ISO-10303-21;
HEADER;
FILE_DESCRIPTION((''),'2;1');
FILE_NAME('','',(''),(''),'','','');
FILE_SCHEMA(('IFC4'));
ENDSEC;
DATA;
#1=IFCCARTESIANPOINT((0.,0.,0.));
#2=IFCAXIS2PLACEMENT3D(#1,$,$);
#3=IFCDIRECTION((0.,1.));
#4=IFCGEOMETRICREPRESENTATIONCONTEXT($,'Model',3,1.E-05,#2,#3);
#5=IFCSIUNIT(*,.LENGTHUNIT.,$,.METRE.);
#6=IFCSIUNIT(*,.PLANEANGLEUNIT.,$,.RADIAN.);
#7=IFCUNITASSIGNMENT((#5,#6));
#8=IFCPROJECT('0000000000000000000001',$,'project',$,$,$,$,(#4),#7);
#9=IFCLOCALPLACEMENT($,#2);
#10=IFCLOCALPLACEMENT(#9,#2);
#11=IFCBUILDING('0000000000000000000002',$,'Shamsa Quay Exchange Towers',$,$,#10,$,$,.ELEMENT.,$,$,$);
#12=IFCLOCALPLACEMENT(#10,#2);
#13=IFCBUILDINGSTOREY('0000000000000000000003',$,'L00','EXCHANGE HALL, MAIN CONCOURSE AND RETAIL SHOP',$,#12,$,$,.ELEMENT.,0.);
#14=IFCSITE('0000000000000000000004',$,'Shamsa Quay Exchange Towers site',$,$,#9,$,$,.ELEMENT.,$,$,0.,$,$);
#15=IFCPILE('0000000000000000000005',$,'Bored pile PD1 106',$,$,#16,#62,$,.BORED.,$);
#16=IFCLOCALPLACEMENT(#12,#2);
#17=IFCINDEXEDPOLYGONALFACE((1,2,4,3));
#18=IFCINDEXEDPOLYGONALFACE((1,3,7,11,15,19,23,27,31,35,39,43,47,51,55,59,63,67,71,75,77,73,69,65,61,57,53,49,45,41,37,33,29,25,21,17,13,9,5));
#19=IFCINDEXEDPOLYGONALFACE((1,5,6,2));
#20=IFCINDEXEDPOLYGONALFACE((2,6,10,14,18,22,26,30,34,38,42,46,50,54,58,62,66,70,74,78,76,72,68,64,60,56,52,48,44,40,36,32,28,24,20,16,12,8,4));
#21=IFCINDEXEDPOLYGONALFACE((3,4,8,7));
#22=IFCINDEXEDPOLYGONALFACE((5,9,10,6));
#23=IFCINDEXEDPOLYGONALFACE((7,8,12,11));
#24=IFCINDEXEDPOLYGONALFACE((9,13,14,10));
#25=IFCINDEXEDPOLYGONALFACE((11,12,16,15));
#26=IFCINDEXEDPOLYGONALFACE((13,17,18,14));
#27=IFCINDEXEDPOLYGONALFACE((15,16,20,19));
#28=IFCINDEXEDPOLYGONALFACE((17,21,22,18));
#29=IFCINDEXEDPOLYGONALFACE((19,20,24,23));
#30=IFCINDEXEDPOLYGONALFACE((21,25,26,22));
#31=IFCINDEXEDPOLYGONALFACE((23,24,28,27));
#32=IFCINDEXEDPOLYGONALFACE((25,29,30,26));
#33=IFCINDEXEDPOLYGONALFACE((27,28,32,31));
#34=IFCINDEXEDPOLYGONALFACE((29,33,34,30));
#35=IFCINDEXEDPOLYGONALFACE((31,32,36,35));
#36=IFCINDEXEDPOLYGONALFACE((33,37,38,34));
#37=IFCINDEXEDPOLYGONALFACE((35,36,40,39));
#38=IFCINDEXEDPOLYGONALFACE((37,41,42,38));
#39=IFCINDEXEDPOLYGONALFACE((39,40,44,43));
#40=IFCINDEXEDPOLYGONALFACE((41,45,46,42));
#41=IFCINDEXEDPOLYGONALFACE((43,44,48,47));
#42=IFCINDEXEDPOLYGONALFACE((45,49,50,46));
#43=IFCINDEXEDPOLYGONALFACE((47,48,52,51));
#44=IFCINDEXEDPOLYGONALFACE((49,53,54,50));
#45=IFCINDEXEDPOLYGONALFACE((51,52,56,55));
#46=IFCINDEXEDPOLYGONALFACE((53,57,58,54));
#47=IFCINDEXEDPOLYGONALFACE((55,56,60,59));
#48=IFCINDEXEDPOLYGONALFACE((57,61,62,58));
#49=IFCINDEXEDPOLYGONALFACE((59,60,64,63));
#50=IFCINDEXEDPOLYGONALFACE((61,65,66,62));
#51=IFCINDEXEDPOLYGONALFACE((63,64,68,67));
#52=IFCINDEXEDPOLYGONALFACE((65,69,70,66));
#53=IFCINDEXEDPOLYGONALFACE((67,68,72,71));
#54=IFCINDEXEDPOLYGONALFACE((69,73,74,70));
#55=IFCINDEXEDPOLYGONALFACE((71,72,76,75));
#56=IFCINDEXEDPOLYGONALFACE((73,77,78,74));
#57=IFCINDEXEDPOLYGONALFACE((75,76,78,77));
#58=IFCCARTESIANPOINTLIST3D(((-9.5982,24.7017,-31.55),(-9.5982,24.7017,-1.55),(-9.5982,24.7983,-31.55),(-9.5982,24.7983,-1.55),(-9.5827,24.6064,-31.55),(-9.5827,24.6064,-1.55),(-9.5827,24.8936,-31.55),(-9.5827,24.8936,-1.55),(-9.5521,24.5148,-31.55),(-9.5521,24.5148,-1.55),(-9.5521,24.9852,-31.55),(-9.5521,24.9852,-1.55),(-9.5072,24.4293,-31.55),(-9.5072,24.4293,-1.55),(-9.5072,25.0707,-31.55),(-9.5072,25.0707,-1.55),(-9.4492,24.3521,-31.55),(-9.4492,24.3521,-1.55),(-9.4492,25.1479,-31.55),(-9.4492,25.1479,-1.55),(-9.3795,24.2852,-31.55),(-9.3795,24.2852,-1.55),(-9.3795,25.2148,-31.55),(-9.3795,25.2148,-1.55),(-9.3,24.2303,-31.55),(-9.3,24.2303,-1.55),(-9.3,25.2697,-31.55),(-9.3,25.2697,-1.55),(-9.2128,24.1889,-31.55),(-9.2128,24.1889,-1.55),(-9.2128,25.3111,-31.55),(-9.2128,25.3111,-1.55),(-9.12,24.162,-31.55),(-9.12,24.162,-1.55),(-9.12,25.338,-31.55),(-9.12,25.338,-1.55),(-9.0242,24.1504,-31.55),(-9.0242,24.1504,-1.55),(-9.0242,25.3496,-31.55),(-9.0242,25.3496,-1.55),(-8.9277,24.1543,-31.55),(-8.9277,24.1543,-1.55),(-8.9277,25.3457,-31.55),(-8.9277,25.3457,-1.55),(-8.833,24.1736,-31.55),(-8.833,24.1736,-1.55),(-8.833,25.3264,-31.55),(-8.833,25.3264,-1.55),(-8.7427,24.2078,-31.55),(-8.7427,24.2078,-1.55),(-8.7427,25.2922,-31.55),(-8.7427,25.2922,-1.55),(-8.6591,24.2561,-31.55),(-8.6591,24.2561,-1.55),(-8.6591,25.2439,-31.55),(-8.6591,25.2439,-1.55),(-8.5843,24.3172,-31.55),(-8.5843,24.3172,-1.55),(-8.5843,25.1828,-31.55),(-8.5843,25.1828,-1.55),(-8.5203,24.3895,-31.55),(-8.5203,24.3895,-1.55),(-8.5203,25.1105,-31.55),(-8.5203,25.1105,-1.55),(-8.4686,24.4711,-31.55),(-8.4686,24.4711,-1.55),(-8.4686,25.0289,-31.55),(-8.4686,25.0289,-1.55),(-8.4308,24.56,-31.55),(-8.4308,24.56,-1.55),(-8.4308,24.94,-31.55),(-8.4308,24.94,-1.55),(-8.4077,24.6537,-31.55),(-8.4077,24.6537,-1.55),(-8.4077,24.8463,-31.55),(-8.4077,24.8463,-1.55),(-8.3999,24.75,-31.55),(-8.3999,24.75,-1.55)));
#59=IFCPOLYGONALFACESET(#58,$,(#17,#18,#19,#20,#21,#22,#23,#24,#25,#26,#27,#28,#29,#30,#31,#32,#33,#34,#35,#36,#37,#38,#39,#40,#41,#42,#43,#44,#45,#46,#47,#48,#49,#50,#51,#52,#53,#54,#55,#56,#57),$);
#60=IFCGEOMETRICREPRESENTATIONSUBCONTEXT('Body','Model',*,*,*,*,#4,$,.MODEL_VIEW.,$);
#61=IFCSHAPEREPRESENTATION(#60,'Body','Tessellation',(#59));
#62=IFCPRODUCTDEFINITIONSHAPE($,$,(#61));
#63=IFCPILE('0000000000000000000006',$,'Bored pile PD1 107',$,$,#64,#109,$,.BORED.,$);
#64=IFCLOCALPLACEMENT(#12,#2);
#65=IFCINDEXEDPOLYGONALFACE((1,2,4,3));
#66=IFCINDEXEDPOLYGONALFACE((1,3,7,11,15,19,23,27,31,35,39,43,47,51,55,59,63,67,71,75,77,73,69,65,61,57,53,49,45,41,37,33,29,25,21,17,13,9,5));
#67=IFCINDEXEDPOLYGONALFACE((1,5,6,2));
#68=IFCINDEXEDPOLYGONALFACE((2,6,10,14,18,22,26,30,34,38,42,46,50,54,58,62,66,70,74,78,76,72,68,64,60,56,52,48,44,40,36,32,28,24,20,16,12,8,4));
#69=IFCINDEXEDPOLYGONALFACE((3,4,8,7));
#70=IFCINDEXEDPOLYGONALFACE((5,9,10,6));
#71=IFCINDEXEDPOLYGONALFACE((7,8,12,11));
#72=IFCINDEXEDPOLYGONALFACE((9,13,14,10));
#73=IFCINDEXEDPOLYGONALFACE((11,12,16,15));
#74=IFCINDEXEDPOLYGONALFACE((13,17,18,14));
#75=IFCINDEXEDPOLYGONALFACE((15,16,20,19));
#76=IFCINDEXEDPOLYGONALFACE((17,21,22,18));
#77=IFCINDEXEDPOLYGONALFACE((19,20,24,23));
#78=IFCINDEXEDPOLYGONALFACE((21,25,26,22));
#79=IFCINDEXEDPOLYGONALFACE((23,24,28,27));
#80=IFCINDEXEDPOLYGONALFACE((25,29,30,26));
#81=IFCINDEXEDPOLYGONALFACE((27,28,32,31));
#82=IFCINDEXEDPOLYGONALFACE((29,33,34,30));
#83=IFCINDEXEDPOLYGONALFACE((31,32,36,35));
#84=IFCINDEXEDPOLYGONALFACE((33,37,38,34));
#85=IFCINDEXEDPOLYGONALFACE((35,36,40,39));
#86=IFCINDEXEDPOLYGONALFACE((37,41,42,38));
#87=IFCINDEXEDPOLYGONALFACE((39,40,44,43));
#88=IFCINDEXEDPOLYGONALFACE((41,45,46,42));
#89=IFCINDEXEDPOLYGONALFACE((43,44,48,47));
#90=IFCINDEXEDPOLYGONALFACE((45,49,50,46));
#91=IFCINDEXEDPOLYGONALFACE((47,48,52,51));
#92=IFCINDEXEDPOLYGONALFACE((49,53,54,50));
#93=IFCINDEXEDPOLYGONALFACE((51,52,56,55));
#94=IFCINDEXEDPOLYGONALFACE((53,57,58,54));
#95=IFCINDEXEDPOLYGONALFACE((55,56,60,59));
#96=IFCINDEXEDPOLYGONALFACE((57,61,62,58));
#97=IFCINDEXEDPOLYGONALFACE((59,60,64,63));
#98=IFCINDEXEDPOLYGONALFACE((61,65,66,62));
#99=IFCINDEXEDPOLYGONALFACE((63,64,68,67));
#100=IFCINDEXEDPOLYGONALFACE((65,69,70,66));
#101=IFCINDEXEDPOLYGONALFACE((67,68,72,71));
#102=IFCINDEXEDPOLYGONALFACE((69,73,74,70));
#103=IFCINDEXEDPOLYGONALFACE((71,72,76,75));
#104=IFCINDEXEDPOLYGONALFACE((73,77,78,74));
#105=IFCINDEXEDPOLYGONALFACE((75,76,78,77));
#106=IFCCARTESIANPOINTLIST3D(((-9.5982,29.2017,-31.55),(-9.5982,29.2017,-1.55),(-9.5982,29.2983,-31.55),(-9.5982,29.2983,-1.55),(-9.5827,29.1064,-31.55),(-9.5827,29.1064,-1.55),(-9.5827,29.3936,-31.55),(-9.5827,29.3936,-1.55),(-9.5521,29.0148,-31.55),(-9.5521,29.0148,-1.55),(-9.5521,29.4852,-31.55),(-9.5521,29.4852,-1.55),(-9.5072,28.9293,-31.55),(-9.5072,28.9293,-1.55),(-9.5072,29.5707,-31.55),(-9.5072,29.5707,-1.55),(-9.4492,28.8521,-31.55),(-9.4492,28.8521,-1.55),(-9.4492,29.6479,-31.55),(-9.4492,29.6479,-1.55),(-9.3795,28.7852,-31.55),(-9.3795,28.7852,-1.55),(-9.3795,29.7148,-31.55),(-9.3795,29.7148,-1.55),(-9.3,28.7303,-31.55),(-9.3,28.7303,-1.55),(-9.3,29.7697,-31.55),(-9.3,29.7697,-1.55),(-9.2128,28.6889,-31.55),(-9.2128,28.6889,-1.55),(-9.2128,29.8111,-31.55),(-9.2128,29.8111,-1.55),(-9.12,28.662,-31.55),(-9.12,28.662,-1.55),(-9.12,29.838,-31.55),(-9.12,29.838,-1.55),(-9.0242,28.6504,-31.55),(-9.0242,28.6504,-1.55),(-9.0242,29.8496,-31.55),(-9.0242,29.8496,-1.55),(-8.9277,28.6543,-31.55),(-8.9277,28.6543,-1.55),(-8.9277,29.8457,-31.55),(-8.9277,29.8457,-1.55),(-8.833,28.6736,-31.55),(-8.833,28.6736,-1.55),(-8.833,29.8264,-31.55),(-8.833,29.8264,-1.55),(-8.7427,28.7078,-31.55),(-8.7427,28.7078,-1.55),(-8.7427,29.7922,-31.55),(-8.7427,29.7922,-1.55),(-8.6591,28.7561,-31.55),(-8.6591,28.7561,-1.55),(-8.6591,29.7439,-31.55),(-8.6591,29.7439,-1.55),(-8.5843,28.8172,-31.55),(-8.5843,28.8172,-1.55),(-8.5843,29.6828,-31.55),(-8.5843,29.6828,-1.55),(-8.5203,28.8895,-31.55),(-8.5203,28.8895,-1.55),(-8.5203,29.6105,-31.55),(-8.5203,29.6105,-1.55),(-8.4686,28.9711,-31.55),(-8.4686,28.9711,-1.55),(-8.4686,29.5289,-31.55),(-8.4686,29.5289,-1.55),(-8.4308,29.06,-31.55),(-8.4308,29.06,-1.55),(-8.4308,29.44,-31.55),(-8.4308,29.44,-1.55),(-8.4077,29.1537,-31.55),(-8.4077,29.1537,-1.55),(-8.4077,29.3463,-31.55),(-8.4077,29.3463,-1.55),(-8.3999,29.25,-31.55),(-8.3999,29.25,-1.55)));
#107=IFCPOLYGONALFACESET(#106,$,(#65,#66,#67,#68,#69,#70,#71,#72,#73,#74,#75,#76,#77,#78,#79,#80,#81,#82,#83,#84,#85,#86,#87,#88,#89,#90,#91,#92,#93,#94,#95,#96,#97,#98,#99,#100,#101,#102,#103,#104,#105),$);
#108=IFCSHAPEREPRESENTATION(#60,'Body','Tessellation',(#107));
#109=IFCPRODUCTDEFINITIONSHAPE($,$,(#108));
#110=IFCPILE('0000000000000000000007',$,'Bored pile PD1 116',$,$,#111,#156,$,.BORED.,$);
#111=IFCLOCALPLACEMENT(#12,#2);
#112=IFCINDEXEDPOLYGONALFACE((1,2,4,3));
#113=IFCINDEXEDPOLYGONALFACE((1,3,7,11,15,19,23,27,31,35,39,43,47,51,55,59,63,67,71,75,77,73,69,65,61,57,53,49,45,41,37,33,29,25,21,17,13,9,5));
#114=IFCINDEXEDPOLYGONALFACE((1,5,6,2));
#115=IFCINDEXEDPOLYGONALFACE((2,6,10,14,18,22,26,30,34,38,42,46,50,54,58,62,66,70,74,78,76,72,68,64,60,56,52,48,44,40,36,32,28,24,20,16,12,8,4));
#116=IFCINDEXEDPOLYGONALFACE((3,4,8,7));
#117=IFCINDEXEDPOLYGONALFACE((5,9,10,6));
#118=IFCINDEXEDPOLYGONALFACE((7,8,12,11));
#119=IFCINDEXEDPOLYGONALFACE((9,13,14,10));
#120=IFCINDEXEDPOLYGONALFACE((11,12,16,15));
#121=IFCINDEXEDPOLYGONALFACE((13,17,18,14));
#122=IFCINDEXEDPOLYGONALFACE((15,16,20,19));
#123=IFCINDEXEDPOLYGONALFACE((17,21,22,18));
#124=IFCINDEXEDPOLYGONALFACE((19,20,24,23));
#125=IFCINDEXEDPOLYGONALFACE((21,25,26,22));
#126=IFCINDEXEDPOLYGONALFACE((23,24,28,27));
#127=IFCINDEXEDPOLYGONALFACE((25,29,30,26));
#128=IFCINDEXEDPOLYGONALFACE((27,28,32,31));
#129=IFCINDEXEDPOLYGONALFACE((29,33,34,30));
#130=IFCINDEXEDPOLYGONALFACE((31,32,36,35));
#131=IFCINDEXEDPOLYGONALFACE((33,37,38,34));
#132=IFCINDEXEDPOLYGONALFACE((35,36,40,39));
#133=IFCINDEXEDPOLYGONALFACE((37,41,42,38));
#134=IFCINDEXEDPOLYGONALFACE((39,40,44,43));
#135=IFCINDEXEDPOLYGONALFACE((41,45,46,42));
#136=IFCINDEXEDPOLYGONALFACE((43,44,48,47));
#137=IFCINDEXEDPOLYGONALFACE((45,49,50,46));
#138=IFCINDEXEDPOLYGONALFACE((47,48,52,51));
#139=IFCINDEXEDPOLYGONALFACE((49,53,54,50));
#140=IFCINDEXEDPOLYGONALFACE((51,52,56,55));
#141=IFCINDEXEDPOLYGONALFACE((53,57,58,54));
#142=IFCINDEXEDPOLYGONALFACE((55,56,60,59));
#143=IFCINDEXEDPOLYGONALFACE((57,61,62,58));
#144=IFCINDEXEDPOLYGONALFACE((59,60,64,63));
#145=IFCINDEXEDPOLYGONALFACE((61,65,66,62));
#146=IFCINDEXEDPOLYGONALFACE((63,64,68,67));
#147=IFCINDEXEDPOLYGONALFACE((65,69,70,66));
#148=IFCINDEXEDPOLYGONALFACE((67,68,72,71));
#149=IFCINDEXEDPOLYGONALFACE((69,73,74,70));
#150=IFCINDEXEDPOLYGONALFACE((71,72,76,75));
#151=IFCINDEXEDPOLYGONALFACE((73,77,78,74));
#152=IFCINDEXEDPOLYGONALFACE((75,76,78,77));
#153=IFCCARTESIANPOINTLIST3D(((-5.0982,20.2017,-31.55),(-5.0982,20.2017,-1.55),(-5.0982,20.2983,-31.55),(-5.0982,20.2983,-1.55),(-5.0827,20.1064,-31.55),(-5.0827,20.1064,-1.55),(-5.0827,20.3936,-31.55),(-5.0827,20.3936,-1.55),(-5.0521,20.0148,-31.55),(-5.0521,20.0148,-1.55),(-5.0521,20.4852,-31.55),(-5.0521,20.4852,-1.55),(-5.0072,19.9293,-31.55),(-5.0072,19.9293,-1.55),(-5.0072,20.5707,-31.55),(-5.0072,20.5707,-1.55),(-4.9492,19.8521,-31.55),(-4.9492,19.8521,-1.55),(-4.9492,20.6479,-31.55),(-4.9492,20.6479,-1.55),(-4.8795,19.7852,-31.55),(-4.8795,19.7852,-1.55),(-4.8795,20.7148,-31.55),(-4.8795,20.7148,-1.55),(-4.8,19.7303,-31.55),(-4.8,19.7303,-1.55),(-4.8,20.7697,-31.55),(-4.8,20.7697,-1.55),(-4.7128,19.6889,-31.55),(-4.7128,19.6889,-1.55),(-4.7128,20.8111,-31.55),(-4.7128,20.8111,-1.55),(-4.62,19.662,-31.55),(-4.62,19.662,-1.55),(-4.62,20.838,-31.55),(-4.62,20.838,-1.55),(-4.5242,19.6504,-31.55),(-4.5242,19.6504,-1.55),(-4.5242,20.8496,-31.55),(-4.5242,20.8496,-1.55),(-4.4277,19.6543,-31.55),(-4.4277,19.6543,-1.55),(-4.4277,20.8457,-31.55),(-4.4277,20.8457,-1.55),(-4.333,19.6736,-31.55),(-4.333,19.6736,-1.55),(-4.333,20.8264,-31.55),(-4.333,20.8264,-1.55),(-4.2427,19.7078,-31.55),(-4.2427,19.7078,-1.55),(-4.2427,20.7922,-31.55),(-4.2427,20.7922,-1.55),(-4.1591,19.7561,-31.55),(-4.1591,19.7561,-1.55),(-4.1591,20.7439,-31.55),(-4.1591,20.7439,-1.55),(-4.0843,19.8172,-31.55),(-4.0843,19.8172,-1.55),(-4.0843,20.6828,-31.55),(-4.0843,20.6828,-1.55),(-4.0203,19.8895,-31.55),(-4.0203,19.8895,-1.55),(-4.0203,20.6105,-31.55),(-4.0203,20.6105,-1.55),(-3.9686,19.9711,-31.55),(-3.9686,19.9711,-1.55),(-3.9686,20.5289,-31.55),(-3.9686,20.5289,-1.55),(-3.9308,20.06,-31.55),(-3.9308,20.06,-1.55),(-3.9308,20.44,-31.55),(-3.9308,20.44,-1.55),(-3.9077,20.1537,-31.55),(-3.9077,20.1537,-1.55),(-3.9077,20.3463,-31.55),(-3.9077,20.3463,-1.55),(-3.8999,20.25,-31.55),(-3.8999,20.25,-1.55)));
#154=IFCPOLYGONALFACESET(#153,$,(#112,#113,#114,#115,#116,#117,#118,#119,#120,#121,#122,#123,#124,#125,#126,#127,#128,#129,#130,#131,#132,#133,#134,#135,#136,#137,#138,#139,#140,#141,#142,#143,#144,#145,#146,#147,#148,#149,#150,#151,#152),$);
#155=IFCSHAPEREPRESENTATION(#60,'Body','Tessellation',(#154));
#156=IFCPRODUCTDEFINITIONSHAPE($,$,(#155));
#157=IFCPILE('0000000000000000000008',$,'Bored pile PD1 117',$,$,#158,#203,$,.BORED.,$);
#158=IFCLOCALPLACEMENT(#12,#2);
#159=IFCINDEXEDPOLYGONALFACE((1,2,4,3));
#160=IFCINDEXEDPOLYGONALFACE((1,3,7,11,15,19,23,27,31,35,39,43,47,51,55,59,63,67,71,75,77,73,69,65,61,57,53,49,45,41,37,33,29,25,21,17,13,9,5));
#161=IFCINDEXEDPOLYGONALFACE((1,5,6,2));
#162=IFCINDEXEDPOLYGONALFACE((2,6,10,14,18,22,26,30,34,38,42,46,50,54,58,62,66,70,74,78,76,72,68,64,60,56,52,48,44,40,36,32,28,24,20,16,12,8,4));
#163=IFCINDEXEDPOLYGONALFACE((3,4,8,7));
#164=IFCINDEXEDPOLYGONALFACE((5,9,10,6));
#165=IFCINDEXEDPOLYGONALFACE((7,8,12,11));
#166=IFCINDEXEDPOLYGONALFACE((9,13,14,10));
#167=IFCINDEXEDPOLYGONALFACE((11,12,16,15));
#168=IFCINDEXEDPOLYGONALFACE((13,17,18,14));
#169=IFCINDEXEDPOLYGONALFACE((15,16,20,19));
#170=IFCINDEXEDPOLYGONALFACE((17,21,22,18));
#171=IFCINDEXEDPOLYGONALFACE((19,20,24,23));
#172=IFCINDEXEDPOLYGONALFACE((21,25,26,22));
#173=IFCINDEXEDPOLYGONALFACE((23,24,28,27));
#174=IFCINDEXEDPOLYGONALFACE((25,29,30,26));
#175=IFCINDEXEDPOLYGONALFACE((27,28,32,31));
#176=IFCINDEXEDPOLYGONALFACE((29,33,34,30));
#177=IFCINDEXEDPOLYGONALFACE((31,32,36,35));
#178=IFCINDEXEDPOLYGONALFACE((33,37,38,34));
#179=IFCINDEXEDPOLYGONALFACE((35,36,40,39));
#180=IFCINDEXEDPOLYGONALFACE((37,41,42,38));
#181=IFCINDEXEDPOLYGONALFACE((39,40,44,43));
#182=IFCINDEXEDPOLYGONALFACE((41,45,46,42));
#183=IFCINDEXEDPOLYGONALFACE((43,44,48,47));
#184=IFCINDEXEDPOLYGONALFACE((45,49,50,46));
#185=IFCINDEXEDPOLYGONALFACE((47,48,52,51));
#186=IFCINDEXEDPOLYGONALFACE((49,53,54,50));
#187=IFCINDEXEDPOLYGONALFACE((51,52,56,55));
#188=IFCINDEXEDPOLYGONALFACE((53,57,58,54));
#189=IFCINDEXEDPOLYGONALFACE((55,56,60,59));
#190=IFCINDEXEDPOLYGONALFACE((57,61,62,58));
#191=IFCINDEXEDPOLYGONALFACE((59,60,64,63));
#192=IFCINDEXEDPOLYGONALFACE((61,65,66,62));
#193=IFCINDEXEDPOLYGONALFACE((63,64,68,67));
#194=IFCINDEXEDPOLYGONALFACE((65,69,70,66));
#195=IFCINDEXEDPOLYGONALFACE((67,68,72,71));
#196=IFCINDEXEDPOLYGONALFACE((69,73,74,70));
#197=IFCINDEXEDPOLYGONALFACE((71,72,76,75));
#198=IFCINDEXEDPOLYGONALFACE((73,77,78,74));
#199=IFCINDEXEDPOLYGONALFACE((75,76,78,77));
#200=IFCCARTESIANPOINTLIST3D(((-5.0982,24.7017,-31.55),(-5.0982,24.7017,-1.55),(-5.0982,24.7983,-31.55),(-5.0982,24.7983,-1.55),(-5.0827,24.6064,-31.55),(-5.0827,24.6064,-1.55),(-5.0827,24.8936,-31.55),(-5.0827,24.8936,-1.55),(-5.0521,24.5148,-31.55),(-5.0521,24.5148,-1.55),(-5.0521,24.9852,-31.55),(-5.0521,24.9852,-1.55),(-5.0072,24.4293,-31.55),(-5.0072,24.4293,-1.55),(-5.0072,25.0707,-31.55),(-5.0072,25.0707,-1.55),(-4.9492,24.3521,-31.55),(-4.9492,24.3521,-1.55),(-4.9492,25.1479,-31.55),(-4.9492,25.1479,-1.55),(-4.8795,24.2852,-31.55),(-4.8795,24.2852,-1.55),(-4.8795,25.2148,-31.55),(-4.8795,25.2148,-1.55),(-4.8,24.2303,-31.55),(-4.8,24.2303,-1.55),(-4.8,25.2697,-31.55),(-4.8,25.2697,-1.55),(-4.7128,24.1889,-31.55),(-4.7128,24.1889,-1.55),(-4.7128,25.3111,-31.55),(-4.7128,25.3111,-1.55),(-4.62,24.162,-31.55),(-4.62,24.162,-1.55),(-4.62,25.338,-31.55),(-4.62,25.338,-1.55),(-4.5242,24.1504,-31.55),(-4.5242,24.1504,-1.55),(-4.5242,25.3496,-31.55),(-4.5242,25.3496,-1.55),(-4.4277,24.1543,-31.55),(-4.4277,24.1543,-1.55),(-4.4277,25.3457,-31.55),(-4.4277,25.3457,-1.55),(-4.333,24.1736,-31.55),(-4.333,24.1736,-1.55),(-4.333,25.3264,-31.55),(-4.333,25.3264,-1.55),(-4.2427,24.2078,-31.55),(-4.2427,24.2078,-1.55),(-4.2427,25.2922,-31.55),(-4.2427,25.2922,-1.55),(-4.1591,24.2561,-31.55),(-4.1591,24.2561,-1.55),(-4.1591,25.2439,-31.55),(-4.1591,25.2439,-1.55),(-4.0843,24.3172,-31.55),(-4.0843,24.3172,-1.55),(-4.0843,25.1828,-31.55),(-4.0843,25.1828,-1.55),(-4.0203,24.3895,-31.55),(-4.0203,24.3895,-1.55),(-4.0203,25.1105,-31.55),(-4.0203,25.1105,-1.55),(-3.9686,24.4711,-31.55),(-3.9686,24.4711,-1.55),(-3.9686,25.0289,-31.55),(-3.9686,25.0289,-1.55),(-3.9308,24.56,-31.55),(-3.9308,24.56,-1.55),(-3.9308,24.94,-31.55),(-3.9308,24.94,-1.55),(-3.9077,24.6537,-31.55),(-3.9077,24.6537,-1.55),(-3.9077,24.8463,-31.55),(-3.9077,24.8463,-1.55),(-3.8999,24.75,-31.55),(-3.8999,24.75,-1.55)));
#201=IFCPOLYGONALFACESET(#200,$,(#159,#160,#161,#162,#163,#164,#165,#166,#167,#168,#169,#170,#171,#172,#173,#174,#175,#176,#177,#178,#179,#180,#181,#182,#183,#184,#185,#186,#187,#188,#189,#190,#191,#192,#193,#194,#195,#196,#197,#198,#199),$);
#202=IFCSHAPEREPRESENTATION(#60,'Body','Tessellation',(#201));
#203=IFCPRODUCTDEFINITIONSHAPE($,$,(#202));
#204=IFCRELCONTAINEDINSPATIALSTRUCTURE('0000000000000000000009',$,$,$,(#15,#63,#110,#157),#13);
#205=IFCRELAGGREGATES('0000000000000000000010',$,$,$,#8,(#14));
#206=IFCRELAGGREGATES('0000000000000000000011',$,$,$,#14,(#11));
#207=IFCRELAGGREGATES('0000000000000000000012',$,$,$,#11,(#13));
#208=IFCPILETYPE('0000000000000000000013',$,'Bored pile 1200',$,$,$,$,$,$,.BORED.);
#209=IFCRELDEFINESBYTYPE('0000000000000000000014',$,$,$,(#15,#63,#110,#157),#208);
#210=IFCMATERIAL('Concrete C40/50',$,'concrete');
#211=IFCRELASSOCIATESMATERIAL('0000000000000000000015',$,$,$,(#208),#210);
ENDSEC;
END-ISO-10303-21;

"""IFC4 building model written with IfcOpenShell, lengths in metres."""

from ifc_helpers import new_model, si_unit, direction, frame, origin, origin_2d, place, context, subcontext, project, spatial, circle, extrude, material, material_profile, profile_set, type_object, element, save


model = new_model("IFC4")

# Units and contexts
model_context = context("Model", 3, precision=1e-05, world=origin(), true_north=direction((0.0, 1.0)))
body_context = subcontext(model_context, "Body", "Model", "MODEL_VIEW")
ifc_project = project(units=[si_unit("LENGTHUNIT", "METRE"), si_unit("PLANEANGLEUNIT", "RADIAN")], contexts=[model_context])

# Site, building, storey
site_placement = place(None, origin())
site = spatial("IfcSite", under=ifc_project, at=site_placement, Name="Shamsa Quay Exchange Towers site", CompositionType="ELEMENT", RefElevation=0.0)
building_placement = place(site_placement, origin())
building = spatial("IfcBuilding", under=site, at=building_placement, Name="Shamsa Quay Exchange Towers", CompositionType="ELEMENT")
storey_placement = place(building_placement, origin())
storey = spatial("IfcBuildingStorey", under=building, at=storey_placement, Name="L00", Description="EXCHANGE HALL, MAIN CONCOURSE AND RETAIL SHOP", CompositionType="ELEMENT", Elevation=0.0)

# Piles
ifc_material_1 = material(Name="Concrete C40/50", Category="concrete")
ifc_material_profile_1 = material_profile(ifc_material_1, circle(Radius=0.6001, at=origin_2d()), Name="BP1200")
ifc_profile_set_1 = profile_set([ifc_material_profile_1], Name="Concrete C40/50")
pile_type = type_object("IfcPileType", Name="Bored pile 1200", PredefinedType="BORED", material=ifc_profile_set_1)
for number, where, z_axis, x_axis, name in (
    (1, (-9.0, 24.75, -1.55), (0.0, 0.0, -1.0), (1.0, 0.0, 0.0), "Bored pile PD1 106"),
    (2, (-9.0, 29.25, -1.55), (0.0, 0.0, -1.0), (1.0, 0.0, 0.0), "Bored pile PD1 107"),
    (3, (-4.5, 20.25, -1.55), (0.0, 0.0, -1.0), (1.0, 0.0, 0.0), "Bored pile PD1 116"),
    (4, (-4.5, 24.75, -1.55), (0.0, 0.0, -1.0), (1.0, 0.0, 0.0), "Bored pile PD1 117"),
):
    element("IfcPile", number, at=place(storey_placement, frame(where, z_axis=z_axis, x_axis=x_axis)), inside=storey, type_object=pile_type, Name=name, PredefinedType="BORED", context=body_context, shape_type="SweptSolid", body=[
        extrude(circle(Radius=0.6001, at=origin_2d()), origin(), (0.0, 0.0, 1.0), 30.0),
    ])

save(model, "model.ifc")
